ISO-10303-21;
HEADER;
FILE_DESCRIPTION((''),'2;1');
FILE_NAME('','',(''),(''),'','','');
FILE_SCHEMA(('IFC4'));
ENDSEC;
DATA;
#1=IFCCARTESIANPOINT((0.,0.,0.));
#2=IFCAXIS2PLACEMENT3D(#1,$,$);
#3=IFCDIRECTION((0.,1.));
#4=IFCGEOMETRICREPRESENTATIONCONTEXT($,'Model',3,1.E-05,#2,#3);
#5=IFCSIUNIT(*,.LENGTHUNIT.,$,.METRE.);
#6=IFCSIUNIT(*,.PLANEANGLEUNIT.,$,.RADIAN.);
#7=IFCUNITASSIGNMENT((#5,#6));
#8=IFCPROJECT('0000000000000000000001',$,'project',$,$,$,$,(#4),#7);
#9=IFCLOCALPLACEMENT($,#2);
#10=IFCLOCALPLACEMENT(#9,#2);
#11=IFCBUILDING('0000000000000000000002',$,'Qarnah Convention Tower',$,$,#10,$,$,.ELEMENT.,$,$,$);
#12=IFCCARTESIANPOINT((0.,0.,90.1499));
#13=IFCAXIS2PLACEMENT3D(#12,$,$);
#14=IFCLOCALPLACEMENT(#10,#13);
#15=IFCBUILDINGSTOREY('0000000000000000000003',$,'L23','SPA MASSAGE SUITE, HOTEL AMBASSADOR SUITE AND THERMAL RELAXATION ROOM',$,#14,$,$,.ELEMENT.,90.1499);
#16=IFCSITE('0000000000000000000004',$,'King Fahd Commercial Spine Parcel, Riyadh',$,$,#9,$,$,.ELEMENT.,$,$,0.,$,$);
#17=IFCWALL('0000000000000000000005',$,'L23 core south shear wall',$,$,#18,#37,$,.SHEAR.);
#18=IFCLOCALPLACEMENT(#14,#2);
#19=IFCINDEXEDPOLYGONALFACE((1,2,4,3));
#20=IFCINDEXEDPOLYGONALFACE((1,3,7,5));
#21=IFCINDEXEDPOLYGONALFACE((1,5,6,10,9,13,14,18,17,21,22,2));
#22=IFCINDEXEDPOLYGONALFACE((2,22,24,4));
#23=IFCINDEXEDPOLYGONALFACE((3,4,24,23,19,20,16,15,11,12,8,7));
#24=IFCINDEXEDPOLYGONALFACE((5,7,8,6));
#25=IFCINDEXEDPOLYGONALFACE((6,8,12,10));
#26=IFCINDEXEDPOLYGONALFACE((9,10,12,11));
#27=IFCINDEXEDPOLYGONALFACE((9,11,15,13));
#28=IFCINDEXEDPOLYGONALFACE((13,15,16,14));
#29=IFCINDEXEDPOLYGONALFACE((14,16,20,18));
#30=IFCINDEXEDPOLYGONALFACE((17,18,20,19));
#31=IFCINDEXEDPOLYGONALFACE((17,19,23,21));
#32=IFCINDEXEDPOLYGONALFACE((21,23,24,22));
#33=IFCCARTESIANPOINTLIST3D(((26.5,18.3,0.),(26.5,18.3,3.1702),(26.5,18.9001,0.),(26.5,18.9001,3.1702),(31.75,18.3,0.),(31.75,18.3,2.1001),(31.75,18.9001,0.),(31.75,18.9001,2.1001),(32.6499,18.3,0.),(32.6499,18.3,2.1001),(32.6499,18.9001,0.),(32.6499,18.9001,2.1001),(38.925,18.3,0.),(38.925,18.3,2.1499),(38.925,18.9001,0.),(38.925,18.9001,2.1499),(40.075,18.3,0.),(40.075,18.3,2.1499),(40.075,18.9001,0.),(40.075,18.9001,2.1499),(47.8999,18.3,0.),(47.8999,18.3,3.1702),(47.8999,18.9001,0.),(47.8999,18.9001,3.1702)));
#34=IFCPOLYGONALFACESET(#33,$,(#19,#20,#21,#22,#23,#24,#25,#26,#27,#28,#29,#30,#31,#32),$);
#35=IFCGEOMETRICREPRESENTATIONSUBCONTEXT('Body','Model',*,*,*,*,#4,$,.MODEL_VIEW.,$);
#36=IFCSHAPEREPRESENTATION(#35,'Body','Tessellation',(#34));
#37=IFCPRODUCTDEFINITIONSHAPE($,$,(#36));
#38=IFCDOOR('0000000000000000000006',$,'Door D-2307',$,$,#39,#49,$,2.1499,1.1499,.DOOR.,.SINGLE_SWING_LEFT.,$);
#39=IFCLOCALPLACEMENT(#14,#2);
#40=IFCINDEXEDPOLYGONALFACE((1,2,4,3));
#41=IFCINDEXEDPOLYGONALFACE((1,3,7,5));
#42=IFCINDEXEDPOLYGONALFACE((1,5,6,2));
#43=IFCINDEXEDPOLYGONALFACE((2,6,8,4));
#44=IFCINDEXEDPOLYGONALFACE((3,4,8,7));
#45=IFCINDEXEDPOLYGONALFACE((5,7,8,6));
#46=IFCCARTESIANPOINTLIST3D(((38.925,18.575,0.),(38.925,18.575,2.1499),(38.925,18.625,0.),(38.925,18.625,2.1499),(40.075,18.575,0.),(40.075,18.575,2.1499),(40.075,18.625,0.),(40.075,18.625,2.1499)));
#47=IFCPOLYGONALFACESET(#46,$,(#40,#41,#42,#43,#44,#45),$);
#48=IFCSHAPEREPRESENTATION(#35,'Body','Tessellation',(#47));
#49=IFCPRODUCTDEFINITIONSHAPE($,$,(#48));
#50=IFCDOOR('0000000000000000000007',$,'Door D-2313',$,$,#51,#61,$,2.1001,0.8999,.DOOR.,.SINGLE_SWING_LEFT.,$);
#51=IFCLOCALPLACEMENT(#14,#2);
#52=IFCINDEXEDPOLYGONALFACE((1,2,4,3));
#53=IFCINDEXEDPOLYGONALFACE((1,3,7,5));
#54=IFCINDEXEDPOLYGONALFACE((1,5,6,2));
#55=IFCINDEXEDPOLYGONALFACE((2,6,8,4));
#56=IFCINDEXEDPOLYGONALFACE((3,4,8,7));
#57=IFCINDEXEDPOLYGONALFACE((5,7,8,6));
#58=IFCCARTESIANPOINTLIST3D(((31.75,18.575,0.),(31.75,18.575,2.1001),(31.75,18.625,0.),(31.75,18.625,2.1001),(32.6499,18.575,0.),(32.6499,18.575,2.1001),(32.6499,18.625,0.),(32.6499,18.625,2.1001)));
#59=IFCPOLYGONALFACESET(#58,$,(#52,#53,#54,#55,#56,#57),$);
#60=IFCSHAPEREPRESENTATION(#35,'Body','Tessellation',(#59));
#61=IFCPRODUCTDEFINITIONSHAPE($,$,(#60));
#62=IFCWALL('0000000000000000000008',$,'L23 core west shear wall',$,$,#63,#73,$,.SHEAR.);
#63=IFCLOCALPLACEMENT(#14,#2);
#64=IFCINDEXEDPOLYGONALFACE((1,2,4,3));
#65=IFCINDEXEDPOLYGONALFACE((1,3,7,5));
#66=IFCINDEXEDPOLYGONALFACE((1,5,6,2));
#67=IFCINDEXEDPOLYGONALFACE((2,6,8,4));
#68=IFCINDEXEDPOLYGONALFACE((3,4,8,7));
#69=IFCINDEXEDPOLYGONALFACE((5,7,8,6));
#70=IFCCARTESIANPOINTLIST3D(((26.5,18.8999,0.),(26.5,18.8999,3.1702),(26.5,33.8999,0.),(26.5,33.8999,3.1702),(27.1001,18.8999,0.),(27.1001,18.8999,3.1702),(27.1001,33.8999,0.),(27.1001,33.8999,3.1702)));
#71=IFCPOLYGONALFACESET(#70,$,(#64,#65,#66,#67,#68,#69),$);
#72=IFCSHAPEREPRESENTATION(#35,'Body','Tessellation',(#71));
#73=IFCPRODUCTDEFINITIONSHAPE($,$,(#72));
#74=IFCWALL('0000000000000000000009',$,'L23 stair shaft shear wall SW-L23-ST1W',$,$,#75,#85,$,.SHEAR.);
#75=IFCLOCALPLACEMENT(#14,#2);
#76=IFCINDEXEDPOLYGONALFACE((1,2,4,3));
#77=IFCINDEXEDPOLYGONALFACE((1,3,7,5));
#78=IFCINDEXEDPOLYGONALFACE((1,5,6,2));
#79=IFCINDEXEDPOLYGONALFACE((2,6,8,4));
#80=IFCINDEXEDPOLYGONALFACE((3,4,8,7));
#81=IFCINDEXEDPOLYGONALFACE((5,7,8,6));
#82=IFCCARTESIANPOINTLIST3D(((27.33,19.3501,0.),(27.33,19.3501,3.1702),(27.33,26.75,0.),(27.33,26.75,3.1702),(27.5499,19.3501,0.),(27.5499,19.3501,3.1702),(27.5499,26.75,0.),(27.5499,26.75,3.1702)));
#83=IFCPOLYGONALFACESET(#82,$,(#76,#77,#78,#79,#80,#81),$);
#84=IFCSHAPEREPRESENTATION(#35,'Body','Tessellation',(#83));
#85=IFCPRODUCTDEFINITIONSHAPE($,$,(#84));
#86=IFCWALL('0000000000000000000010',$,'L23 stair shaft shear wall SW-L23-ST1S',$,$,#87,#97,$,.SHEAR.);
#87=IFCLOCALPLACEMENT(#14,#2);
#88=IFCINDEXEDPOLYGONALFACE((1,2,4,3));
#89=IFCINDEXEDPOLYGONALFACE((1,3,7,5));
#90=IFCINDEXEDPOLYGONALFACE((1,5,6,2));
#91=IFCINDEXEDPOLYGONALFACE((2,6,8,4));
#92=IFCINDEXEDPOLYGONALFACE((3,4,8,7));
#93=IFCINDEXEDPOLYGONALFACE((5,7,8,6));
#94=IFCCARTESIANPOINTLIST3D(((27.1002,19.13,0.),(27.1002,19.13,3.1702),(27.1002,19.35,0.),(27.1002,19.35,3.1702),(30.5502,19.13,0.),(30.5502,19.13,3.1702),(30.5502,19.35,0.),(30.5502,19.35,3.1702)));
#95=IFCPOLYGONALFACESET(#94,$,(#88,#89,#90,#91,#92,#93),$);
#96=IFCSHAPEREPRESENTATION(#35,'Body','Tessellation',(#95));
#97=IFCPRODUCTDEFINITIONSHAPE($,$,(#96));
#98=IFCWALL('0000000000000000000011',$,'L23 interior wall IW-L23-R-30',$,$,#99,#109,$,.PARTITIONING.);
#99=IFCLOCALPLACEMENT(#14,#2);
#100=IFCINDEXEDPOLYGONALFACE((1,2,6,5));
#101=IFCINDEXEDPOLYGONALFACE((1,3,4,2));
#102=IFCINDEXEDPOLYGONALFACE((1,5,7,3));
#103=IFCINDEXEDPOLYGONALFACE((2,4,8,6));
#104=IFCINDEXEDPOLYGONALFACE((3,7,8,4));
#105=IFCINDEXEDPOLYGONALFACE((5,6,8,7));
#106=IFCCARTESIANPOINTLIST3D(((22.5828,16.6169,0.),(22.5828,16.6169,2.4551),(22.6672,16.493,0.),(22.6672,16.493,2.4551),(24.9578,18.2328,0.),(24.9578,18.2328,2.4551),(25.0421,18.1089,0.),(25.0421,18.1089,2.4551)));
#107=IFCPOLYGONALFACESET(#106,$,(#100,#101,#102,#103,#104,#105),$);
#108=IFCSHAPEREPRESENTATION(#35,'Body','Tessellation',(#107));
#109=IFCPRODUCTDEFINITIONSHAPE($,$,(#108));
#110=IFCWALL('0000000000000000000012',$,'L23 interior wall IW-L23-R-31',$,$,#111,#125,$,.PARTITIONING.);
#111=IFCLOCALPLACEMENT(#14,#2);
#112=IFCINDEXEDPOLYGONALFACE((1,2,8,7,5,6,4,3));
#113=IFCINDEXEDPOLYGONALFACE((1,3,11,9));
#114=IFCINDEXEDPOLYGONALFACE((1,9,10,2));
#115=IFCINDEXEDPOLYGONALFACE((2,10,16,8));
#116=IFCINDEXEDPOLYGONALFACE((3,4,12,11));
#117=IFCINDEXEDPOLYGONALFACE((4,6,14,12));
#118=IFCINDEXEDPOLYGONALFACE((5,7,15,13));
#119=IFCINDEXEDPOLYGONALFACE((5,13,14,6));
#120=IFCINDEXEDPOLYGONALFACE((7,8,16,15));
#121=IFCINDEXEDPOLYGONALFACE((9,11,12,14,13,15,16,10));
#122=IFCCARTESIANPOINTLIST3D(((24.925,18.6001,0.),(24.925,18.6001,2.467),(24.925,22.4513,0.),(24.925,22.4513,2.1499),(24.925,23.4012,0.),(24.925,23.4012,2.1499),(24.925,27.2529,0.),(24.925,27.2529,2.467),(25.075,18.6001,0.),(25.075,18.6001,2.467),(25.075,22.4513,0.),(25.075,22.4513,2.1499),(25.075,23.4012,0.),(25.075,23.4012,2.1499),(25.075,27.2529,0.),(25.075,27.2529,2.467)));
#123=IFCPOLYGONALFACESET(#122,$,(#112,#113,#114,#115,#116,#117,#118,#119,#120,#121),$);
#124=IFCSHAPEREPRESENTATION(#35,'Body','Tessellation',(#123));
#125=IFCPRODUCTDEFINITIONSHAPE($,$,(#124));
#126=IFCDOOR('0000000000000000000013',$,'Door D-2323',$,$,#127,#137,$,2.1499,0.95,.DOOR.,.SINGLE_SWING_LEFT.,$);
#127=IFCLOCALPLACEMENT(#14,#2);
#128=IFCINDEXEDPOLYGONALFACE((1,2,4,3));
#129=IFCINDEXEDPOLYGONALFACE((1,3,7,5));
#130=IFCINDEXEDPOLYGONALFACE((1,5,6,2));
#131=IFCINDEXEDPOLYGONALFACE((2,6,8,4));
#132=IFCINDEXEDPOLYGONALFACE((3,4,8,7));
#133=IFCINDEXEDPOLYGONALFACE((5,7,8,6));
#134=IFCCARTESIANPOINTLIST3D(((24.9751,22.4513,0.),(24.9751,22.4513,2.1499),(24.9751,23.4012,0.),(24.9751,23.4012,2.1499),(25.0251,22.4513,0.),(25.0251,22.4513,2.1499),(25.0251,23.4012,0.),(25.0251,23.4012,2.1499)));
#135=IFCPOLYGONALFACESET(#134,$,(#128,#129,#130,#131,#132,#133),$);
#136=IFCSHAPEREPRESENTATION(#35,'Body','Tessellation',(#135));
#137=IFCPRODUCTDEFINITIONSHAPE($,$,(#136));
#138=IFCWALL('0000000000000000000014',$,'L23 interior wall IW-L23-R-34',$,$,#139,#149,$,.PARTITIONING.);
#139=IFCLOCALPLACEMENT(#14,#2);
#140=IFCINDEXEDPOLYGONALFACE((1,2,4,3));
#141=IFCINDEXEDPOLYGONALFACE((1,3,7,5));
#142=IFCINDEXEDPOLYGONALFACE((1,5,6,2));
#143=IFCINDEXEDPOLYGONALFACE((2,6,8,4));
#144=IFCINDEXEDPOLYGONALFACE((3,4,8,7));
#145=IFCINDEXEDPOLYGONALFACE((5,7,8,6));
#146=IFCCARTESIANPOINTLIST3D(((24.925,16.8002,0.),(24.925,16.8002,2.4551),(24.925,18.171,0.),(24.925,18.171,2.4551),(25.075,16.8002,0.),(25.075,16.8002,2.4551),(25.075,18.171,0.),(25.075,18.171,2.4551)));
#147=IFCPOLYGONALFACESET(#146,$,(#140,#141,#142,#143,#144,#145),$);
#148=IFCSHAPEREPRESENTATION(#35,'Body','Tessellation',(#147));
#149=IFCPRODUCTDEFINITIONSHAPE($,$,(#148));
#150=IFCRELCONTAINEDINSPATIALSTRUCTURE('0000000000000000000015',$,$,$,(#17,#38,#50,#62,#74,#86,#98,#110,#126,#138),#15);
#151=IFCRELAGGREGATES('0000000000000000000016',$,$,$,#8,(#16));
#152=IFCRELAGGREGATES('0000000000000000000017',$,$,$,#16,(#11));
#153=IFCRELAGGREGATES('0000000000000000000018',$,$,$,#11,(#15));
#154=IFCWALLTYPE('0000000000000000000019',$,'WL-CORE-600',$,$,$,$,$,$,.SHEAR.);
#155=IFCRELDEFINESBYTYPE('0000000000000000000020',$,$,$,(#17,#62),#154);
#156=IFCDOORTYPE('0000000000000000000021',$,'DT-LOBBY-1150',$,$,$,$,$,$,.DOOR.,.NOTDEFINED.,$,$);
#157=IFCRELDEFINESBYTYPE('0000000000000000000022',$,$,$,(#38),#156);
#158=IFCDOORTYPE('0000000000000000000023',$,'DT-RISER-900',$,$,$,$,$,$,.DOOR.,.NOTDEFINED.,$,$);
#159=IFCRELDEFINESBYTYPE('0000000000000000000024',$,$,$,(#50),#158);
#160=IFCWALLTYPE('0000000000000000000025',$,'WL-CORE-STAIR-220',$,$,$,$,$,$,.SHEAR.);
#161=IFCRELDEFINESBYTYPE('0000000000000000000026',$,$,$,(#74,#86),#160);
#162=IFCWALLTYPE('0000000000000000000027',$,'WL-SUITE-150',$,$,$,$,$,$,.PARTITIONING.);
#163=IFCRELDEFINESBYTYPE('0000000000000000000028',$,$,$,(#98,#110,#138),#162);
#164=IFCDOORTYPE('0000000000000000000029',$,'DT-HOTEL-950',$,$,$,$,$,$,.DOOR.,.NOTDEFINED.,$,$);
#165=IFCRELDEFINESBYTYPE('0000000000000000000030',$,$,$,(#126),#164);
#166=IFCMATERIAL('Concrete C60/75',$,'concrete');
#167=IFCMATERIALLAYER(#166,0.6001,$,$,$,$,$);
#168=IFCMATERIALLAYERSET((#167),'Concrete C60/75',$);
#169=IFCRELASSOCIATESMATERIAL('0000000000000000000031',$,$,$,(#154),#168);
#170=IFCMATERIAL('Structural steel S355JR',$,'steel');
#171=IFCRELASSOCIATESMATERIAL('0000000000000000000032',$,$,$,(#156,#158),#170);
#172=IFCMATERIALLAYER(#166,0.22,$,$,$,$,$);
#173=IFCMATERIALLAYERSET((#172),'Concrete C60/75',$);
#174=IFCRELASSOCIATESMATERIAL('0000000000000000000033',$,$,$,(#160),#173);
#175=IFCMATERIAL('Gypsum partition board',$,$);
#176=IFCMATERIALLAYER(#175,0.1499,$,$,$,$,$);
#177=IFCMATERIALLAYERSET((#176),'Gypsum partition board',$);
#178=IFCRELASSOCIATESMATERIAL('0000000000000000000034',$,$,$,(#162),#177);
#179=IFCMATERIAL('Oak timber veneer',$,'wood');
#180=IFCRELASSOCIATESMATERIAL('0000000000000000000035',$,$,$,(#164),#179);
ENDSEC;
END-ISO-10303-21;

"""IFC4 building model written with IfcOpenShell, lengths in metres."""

from ifc_helpers import new_model, si_unit, direction, frame, frame_2d, origin, place, context, subcontext, project, spatial, rectangle, extrude, material, layer, layer_set, type_object, element, fill, save


model = new_model("IFC4")

# Units and contexts
model_context = context("Model", 3, precision=1e-05, world=origin(), true_north=direction((0.0, 1.0)))
body_context = subcontext(model_context, "Body", "Model", "MODEL_VIEW")
ifc_project = project(units=[si_unit("LENGTHUNIT", "METRE"), si_unit("PLANEANGLEUNIT", "RADIAN")], contexts=[model_context])

# Site, building, storey
site_placement = place(None, origin())
site = spatial("IfcSite", under=ifc_project, at=site_placement, Name="King Fahd Commercial Spine Parcel, Riyadh", CompositionType="ELEMENT", RefElevation=0.0)
building_placement = place(site_placement, origin())
building = spatial("IfcBuilding", under=site, at=building_placement, Name="Qarnah Convention Tower", CompositionType="ELEMENT")
storey_placement = place(building_placement, frame((0.0, 0.0, 90.1499)))
storey = spatial("IfcBuildingStorey", under=building, at=storey_placement, Name="L23", Description="SPA MASSAGE SUITE, HOTEL AMBASSADOR SUITE AND THERMAL RELAXATION ROOM", CompositionType="ELEMENT", Elevation=90.1499)

# Shared definitions
ifc_material_1 = material(Name="Concrete C60/75", Category="concrete")

# Shared definitions
ifc_material_2 = material(Name="Structural steel S355JR", Category="steel")

# Wall, openings, doors
ifc_layer_1 = layer(ifc_material_1, 0.6001)
ifc_layer_set_1 = layer_set([ifc_layer_1], Name="Concrete C60/75")
wall_type_1 = type_object("IfcWallType", Name="WL-CORE-600", PredefinedType="SHEAR", material=ifc_layer_set_1)
wall_1_placement = place(storey_placement, frame((26.5, 18.6001, 0.0), z_axis=(0.0, 0.0, 1.0), x_axis=(1.0, 0.0, 0.0)))
wall_1 = element("IfcWall", 1, at=wall_1_placement, inside=storey, type_object=wall_type_1, Name="L23 core south shear wall", PredefinedType="SHEAR", context=body_context, shape_type="SweptSolid", body=[
    extrude(rectangle(XDim=21.3999, YDim=0.6001, at=frame_2d((10.7, 0.0))), origin(), (0.0, 0.0, 1.0), 3.1702),
])
opening_1_placement = place(wall_1_placement, frame((12.425, 0.0, 0.0)))
opening_1 = element("IfcOpeningElement", 2, at=opening_1_placement, cuts=wall_1, PredefinedType="OPENING", context=body_context, shape_type="SweptSolid", body=[
    extrude(rectangle(XDim=1.1499, YDim=2.1499, at=frame_2d((0.575, 1.075))), frame((0.0, 0.3101, 0.0), z_axis=(0.0, -1.0, 0.0), x_axis=(1.0, 0.0, 0.0)), (0.0, 0.0, 1.0), 0.6201),
])
opening_2_placement = place(wall_1_placement, frame((5.25, 0.0, 0.0)))
opening_2 = element("IfcOpeningElement", 3, at=opening_2_placement, cuts=wall_1, PredefinedType="OPENING", context=body_context, shape_type="SweptSolid", body=[
    extrude(rectangle(XDim=0.8999, YDim=2.1001, at=frame_2d((0.45, 1.05))), frame((0.0, 0.3101, 0.0), z_axis=(0.0, -1.0, 0.0), x_axis=(1.0, 0.0, 0.0)), (0.0, 0.0, 1.0), 0.6201),
])
door_type_1 = type_object("IfcDoorType", Name="DT-LOBBY-1150", OperationType="NOTDEFINED", PredefinedType="DOOR", material=ifc_material_2)
door_1_placement = place(opening_1_placement, origin())
door_1 = element("IfcDoor", 4, at=door_1_placement, inside=storey, type_object=door_type_1, Name="Door D-2307", OperationType="SINGLE_SWING_LEFT", OverallHeight=2.1499, OverallWidth=1.1499, PredefinedType="DOOR", context=body_context, shape_type="SweptSolid", body=[
    extrude(rectangle(XDim=1.1499, YDim=2.1499, at=frame_2d((0.575, 1.075))), frame((0.0, 0.0249, 0.0), z_axis=(0.0, -1.0, 0.0), x_axis=(1.0, 0.0, 0.0)), (0.0, 0.0, 1.0), 0.05),
])
fill(opening_1, door_1)
door_type_2 = type_object("IfcDoorType", Name="DT-RISER-900", OperationType="NOTDEFINED", PredefinedType="DOOR", material=ifc_material_2)
door_2_placement = place(opening_2_placement, origin())
door_2 = element("IfcDoor", 5, at=door_2_placement, inside=storey, type_object=door_type_2, Name="Door D-2313", OperationType="SINGLE_SWING_LEFT", OverallHeight=2.1001, OverallWidth=0.8999, PredefinedType="DOOR", context=body_context, shape_type="SweptSolid", body=[
    extrude(rectangle(XDim=0.8999, YDim=2.1001, at=frame_2d((0.45, 1.05))), frame((0.0, 0.0249, 0.0), z_axis=(0.0, -1.0, 0.0), x_axis=(1.0, 0.0, 0.0)), (0.0, 0.0, 1.0), 0.05),
])
fill(opening_2, door_2)

# Walls
wall_2_placement = place(storey_placement, frame((26.8, 18.8999, 0.0), z_axis=(0.0, 0.0, 1.0), x_axis=(0.0, 1.0, 0.0)))
element("IfcWall", 6, at=wall_2_placement, inside=storey, type_object=wall_type_1, Name="L23 core west shear wall", PredefinedType="SHEAR", context=body_context, shape_type="SweptSolid", body=[
    extrude(rectangle(XDim=15.0, YDim=0.6001, at=frame_2d((7.5, 0.0))), origin(), (0.0, 0.0, 1.0), 3.1702),
])
ifc_layer_2 = layer(ifc_material_1, 0.22)
ifc_layer_set_2 = layer_set([ifc_layer_2], Name="Concrete C60/75")
wall_type_2 = type_object("IfcWallType", Name="WL-CORE-STAIR-220", PredefinedType="SHEAR", material=ifc_layer_set_2)
wall_3_placement = place(storey_placement, frame((27.4399, 19.3501, 0.0), z_axis=(0.0, 0.0, 1.0), x_axis=(0.0, 1.0, 0.0)))
element("IfcWall", 7, at=wall_3_placement, inside=storey, type_object=wall_type_2, Name="L23 stair shaft shear wall SW-L23-ST1W", PredefinedType="SHEAR", context=body_context, shape_type="SweptSolid", body=[
    extrude(rectangle(XDim=7.3999, YDim=0.22, at=frame_2d((3.7, 0.0))), origin(), (0.0, 0.0, 1.0), 3.1702),
])
wall_4_placement = place(storey_placement, frame((27.1001, 19.24, 0.0), z_axis=(0.0, 0.0, 1.0), x_axis=(1.0, 0.0, 0.0)))
element("IfcWall", 8, at=wall_4_placement, inside=storey, type_object=wall_type_2, Name="L23 stair shaft shear wall SW-L23-ST1S", PredefinedType="SHEAR", context=body_context, shape_type="SweptSolid", body=[
    extrude(rectangle(XDim=3.45, YDim=0.22, at=frame_2d((1.7251, 0.0))), origin(), (0.0, 0.0, 1.0), 3.1702),
])
ifc_material_3 = material(Name="Gypsum partition board")
ifc_layer_3 = layer(ifc_material_3, 0.1499)
ifc_layer_set_3 = layer_set([ifc_layer_3], Name="Gypsum partition board")
wall_type_3 = type_object("IfcWallType", Name="WL-SUITE-150", PredefinedType="PARTITIONING", material=ifc_layer_set_3)
wall_5_placement = place(storey_placement, frame((22.625, 16.5549, 0.0), z_axis=(0.0, 0.0, 1.0), x_axis=(0.82677, 0.56254, 0.0)))
element("IfcWall", 9, at=wall_5_placement, inside=storey, type_object=wall_type_3, Name="L23 interior wall IW-L23-R-30", PredefinedType="PARTITIONING", context=body_context, shape_type="SweptSolid", body=[
    extrude(rectangle(XDim=2.8726, YDim=0.1499, at=frame_2d((1.4363, 0.0))), origin(), (0.0, 0.0, 1.0), 2.4551),
])

# Wall, opening, door
wall_6_placement = place(storey_placement, frame((25.0, 18.6001, 0.0), z_axis=(0.0, 0.0, 1.0), x_axis=(0.0, 1.0, 0.0)))
wall_6 = element("IfcWall", 10, at=wall_6_placement, inside=storey, type_object=wall_type_3, Name="L23 interior wall IW-L23-R-31", PredefinedType="PARTITIONING", context=body_context, shape_type="SweptSolid", body=[
    extrude(rectangle(XDim=8.6528, YDim=0.1499, at=frame_2d((4.3264, 0.0))), origin(), (0.0, 0.0, 1.0), 2.467),
])
opening_3_placement = place(wall_6_placement, frame((3.8511, 0.0, 0.0)))
opening_3 = element("IfcOpeningElement", 11, at=opening_3_placement, cuts=wall_6, PredefinedType="OPENING", context=body_context, shape_type="SweptSolid", body=[
    extrude(rectangle(XDim=0.95, YDim=2.1499, at=frame_2d((0.4751, 1.075))), frame((0.0, 0.085, 0.0), z_axis=(0.0, -1.0, 0.0), x_axis=(1.0, 0.0, 0.0)), (0.0, 0.0, 1.0), 0.1699),
])
ifc_material_4 = material(Name="Oak timber veneer", Category="wood")
door_type_3 = type_object("IfcDoorType", Name="DT-HOTEL-950", OperationType="NOTDEFINED", PredefinedType="DOOR", material=ifc_material_4)
door_3_placement = place(opening_3_placement, origin())
door_3 = element("IfcDoor", 12, at=door_3_placement, inside=storey, type_object=door_type_3, Name="Door D-2323", OperationType="SINGLE_SWING_LEFT", OverallHeight=2.1499, OverallWidth=0.95, PredefinedType="DOOR", context=body_context, shape_type="SweptSolid", body=[
    extrude(rectangle(XDim=0.95, YDim=2.1499, at=frame_2d((0.4751, 1.075))), frame((0.0, 0.0249, 0.0), z_axis=(0.0, -1.0, 0.0), x_axis=(1.0, 0.0, 0.0)), (0.0, 0.0, 1.0), 0.05),
])
fill(opening_3, door_3)

# Wall
wall_7_placement = place(storey_placement, frame((25.0, 16.8, 0.0), z_axis=(0.0, 0.0, 1.0), x_axis=(0.0, 1.0, 0.0)))
element("IfcWall", 13, at=wall_7_placement, inside=storey, type_object=wall_type_3, Name="L23 interior wall IW-L23-R-34", PredefinedType="PARTITIONING", context=body_context, shape_type="SweptSolid", body=[
    extrude(rectangle(XDim=1.3708, YDim=0.1499, at=frame_2d((0.6855, 0.0))), origin(), (0.0, 0.0, 1.0), 2.4551),
])

save(model, "model.ifc")
